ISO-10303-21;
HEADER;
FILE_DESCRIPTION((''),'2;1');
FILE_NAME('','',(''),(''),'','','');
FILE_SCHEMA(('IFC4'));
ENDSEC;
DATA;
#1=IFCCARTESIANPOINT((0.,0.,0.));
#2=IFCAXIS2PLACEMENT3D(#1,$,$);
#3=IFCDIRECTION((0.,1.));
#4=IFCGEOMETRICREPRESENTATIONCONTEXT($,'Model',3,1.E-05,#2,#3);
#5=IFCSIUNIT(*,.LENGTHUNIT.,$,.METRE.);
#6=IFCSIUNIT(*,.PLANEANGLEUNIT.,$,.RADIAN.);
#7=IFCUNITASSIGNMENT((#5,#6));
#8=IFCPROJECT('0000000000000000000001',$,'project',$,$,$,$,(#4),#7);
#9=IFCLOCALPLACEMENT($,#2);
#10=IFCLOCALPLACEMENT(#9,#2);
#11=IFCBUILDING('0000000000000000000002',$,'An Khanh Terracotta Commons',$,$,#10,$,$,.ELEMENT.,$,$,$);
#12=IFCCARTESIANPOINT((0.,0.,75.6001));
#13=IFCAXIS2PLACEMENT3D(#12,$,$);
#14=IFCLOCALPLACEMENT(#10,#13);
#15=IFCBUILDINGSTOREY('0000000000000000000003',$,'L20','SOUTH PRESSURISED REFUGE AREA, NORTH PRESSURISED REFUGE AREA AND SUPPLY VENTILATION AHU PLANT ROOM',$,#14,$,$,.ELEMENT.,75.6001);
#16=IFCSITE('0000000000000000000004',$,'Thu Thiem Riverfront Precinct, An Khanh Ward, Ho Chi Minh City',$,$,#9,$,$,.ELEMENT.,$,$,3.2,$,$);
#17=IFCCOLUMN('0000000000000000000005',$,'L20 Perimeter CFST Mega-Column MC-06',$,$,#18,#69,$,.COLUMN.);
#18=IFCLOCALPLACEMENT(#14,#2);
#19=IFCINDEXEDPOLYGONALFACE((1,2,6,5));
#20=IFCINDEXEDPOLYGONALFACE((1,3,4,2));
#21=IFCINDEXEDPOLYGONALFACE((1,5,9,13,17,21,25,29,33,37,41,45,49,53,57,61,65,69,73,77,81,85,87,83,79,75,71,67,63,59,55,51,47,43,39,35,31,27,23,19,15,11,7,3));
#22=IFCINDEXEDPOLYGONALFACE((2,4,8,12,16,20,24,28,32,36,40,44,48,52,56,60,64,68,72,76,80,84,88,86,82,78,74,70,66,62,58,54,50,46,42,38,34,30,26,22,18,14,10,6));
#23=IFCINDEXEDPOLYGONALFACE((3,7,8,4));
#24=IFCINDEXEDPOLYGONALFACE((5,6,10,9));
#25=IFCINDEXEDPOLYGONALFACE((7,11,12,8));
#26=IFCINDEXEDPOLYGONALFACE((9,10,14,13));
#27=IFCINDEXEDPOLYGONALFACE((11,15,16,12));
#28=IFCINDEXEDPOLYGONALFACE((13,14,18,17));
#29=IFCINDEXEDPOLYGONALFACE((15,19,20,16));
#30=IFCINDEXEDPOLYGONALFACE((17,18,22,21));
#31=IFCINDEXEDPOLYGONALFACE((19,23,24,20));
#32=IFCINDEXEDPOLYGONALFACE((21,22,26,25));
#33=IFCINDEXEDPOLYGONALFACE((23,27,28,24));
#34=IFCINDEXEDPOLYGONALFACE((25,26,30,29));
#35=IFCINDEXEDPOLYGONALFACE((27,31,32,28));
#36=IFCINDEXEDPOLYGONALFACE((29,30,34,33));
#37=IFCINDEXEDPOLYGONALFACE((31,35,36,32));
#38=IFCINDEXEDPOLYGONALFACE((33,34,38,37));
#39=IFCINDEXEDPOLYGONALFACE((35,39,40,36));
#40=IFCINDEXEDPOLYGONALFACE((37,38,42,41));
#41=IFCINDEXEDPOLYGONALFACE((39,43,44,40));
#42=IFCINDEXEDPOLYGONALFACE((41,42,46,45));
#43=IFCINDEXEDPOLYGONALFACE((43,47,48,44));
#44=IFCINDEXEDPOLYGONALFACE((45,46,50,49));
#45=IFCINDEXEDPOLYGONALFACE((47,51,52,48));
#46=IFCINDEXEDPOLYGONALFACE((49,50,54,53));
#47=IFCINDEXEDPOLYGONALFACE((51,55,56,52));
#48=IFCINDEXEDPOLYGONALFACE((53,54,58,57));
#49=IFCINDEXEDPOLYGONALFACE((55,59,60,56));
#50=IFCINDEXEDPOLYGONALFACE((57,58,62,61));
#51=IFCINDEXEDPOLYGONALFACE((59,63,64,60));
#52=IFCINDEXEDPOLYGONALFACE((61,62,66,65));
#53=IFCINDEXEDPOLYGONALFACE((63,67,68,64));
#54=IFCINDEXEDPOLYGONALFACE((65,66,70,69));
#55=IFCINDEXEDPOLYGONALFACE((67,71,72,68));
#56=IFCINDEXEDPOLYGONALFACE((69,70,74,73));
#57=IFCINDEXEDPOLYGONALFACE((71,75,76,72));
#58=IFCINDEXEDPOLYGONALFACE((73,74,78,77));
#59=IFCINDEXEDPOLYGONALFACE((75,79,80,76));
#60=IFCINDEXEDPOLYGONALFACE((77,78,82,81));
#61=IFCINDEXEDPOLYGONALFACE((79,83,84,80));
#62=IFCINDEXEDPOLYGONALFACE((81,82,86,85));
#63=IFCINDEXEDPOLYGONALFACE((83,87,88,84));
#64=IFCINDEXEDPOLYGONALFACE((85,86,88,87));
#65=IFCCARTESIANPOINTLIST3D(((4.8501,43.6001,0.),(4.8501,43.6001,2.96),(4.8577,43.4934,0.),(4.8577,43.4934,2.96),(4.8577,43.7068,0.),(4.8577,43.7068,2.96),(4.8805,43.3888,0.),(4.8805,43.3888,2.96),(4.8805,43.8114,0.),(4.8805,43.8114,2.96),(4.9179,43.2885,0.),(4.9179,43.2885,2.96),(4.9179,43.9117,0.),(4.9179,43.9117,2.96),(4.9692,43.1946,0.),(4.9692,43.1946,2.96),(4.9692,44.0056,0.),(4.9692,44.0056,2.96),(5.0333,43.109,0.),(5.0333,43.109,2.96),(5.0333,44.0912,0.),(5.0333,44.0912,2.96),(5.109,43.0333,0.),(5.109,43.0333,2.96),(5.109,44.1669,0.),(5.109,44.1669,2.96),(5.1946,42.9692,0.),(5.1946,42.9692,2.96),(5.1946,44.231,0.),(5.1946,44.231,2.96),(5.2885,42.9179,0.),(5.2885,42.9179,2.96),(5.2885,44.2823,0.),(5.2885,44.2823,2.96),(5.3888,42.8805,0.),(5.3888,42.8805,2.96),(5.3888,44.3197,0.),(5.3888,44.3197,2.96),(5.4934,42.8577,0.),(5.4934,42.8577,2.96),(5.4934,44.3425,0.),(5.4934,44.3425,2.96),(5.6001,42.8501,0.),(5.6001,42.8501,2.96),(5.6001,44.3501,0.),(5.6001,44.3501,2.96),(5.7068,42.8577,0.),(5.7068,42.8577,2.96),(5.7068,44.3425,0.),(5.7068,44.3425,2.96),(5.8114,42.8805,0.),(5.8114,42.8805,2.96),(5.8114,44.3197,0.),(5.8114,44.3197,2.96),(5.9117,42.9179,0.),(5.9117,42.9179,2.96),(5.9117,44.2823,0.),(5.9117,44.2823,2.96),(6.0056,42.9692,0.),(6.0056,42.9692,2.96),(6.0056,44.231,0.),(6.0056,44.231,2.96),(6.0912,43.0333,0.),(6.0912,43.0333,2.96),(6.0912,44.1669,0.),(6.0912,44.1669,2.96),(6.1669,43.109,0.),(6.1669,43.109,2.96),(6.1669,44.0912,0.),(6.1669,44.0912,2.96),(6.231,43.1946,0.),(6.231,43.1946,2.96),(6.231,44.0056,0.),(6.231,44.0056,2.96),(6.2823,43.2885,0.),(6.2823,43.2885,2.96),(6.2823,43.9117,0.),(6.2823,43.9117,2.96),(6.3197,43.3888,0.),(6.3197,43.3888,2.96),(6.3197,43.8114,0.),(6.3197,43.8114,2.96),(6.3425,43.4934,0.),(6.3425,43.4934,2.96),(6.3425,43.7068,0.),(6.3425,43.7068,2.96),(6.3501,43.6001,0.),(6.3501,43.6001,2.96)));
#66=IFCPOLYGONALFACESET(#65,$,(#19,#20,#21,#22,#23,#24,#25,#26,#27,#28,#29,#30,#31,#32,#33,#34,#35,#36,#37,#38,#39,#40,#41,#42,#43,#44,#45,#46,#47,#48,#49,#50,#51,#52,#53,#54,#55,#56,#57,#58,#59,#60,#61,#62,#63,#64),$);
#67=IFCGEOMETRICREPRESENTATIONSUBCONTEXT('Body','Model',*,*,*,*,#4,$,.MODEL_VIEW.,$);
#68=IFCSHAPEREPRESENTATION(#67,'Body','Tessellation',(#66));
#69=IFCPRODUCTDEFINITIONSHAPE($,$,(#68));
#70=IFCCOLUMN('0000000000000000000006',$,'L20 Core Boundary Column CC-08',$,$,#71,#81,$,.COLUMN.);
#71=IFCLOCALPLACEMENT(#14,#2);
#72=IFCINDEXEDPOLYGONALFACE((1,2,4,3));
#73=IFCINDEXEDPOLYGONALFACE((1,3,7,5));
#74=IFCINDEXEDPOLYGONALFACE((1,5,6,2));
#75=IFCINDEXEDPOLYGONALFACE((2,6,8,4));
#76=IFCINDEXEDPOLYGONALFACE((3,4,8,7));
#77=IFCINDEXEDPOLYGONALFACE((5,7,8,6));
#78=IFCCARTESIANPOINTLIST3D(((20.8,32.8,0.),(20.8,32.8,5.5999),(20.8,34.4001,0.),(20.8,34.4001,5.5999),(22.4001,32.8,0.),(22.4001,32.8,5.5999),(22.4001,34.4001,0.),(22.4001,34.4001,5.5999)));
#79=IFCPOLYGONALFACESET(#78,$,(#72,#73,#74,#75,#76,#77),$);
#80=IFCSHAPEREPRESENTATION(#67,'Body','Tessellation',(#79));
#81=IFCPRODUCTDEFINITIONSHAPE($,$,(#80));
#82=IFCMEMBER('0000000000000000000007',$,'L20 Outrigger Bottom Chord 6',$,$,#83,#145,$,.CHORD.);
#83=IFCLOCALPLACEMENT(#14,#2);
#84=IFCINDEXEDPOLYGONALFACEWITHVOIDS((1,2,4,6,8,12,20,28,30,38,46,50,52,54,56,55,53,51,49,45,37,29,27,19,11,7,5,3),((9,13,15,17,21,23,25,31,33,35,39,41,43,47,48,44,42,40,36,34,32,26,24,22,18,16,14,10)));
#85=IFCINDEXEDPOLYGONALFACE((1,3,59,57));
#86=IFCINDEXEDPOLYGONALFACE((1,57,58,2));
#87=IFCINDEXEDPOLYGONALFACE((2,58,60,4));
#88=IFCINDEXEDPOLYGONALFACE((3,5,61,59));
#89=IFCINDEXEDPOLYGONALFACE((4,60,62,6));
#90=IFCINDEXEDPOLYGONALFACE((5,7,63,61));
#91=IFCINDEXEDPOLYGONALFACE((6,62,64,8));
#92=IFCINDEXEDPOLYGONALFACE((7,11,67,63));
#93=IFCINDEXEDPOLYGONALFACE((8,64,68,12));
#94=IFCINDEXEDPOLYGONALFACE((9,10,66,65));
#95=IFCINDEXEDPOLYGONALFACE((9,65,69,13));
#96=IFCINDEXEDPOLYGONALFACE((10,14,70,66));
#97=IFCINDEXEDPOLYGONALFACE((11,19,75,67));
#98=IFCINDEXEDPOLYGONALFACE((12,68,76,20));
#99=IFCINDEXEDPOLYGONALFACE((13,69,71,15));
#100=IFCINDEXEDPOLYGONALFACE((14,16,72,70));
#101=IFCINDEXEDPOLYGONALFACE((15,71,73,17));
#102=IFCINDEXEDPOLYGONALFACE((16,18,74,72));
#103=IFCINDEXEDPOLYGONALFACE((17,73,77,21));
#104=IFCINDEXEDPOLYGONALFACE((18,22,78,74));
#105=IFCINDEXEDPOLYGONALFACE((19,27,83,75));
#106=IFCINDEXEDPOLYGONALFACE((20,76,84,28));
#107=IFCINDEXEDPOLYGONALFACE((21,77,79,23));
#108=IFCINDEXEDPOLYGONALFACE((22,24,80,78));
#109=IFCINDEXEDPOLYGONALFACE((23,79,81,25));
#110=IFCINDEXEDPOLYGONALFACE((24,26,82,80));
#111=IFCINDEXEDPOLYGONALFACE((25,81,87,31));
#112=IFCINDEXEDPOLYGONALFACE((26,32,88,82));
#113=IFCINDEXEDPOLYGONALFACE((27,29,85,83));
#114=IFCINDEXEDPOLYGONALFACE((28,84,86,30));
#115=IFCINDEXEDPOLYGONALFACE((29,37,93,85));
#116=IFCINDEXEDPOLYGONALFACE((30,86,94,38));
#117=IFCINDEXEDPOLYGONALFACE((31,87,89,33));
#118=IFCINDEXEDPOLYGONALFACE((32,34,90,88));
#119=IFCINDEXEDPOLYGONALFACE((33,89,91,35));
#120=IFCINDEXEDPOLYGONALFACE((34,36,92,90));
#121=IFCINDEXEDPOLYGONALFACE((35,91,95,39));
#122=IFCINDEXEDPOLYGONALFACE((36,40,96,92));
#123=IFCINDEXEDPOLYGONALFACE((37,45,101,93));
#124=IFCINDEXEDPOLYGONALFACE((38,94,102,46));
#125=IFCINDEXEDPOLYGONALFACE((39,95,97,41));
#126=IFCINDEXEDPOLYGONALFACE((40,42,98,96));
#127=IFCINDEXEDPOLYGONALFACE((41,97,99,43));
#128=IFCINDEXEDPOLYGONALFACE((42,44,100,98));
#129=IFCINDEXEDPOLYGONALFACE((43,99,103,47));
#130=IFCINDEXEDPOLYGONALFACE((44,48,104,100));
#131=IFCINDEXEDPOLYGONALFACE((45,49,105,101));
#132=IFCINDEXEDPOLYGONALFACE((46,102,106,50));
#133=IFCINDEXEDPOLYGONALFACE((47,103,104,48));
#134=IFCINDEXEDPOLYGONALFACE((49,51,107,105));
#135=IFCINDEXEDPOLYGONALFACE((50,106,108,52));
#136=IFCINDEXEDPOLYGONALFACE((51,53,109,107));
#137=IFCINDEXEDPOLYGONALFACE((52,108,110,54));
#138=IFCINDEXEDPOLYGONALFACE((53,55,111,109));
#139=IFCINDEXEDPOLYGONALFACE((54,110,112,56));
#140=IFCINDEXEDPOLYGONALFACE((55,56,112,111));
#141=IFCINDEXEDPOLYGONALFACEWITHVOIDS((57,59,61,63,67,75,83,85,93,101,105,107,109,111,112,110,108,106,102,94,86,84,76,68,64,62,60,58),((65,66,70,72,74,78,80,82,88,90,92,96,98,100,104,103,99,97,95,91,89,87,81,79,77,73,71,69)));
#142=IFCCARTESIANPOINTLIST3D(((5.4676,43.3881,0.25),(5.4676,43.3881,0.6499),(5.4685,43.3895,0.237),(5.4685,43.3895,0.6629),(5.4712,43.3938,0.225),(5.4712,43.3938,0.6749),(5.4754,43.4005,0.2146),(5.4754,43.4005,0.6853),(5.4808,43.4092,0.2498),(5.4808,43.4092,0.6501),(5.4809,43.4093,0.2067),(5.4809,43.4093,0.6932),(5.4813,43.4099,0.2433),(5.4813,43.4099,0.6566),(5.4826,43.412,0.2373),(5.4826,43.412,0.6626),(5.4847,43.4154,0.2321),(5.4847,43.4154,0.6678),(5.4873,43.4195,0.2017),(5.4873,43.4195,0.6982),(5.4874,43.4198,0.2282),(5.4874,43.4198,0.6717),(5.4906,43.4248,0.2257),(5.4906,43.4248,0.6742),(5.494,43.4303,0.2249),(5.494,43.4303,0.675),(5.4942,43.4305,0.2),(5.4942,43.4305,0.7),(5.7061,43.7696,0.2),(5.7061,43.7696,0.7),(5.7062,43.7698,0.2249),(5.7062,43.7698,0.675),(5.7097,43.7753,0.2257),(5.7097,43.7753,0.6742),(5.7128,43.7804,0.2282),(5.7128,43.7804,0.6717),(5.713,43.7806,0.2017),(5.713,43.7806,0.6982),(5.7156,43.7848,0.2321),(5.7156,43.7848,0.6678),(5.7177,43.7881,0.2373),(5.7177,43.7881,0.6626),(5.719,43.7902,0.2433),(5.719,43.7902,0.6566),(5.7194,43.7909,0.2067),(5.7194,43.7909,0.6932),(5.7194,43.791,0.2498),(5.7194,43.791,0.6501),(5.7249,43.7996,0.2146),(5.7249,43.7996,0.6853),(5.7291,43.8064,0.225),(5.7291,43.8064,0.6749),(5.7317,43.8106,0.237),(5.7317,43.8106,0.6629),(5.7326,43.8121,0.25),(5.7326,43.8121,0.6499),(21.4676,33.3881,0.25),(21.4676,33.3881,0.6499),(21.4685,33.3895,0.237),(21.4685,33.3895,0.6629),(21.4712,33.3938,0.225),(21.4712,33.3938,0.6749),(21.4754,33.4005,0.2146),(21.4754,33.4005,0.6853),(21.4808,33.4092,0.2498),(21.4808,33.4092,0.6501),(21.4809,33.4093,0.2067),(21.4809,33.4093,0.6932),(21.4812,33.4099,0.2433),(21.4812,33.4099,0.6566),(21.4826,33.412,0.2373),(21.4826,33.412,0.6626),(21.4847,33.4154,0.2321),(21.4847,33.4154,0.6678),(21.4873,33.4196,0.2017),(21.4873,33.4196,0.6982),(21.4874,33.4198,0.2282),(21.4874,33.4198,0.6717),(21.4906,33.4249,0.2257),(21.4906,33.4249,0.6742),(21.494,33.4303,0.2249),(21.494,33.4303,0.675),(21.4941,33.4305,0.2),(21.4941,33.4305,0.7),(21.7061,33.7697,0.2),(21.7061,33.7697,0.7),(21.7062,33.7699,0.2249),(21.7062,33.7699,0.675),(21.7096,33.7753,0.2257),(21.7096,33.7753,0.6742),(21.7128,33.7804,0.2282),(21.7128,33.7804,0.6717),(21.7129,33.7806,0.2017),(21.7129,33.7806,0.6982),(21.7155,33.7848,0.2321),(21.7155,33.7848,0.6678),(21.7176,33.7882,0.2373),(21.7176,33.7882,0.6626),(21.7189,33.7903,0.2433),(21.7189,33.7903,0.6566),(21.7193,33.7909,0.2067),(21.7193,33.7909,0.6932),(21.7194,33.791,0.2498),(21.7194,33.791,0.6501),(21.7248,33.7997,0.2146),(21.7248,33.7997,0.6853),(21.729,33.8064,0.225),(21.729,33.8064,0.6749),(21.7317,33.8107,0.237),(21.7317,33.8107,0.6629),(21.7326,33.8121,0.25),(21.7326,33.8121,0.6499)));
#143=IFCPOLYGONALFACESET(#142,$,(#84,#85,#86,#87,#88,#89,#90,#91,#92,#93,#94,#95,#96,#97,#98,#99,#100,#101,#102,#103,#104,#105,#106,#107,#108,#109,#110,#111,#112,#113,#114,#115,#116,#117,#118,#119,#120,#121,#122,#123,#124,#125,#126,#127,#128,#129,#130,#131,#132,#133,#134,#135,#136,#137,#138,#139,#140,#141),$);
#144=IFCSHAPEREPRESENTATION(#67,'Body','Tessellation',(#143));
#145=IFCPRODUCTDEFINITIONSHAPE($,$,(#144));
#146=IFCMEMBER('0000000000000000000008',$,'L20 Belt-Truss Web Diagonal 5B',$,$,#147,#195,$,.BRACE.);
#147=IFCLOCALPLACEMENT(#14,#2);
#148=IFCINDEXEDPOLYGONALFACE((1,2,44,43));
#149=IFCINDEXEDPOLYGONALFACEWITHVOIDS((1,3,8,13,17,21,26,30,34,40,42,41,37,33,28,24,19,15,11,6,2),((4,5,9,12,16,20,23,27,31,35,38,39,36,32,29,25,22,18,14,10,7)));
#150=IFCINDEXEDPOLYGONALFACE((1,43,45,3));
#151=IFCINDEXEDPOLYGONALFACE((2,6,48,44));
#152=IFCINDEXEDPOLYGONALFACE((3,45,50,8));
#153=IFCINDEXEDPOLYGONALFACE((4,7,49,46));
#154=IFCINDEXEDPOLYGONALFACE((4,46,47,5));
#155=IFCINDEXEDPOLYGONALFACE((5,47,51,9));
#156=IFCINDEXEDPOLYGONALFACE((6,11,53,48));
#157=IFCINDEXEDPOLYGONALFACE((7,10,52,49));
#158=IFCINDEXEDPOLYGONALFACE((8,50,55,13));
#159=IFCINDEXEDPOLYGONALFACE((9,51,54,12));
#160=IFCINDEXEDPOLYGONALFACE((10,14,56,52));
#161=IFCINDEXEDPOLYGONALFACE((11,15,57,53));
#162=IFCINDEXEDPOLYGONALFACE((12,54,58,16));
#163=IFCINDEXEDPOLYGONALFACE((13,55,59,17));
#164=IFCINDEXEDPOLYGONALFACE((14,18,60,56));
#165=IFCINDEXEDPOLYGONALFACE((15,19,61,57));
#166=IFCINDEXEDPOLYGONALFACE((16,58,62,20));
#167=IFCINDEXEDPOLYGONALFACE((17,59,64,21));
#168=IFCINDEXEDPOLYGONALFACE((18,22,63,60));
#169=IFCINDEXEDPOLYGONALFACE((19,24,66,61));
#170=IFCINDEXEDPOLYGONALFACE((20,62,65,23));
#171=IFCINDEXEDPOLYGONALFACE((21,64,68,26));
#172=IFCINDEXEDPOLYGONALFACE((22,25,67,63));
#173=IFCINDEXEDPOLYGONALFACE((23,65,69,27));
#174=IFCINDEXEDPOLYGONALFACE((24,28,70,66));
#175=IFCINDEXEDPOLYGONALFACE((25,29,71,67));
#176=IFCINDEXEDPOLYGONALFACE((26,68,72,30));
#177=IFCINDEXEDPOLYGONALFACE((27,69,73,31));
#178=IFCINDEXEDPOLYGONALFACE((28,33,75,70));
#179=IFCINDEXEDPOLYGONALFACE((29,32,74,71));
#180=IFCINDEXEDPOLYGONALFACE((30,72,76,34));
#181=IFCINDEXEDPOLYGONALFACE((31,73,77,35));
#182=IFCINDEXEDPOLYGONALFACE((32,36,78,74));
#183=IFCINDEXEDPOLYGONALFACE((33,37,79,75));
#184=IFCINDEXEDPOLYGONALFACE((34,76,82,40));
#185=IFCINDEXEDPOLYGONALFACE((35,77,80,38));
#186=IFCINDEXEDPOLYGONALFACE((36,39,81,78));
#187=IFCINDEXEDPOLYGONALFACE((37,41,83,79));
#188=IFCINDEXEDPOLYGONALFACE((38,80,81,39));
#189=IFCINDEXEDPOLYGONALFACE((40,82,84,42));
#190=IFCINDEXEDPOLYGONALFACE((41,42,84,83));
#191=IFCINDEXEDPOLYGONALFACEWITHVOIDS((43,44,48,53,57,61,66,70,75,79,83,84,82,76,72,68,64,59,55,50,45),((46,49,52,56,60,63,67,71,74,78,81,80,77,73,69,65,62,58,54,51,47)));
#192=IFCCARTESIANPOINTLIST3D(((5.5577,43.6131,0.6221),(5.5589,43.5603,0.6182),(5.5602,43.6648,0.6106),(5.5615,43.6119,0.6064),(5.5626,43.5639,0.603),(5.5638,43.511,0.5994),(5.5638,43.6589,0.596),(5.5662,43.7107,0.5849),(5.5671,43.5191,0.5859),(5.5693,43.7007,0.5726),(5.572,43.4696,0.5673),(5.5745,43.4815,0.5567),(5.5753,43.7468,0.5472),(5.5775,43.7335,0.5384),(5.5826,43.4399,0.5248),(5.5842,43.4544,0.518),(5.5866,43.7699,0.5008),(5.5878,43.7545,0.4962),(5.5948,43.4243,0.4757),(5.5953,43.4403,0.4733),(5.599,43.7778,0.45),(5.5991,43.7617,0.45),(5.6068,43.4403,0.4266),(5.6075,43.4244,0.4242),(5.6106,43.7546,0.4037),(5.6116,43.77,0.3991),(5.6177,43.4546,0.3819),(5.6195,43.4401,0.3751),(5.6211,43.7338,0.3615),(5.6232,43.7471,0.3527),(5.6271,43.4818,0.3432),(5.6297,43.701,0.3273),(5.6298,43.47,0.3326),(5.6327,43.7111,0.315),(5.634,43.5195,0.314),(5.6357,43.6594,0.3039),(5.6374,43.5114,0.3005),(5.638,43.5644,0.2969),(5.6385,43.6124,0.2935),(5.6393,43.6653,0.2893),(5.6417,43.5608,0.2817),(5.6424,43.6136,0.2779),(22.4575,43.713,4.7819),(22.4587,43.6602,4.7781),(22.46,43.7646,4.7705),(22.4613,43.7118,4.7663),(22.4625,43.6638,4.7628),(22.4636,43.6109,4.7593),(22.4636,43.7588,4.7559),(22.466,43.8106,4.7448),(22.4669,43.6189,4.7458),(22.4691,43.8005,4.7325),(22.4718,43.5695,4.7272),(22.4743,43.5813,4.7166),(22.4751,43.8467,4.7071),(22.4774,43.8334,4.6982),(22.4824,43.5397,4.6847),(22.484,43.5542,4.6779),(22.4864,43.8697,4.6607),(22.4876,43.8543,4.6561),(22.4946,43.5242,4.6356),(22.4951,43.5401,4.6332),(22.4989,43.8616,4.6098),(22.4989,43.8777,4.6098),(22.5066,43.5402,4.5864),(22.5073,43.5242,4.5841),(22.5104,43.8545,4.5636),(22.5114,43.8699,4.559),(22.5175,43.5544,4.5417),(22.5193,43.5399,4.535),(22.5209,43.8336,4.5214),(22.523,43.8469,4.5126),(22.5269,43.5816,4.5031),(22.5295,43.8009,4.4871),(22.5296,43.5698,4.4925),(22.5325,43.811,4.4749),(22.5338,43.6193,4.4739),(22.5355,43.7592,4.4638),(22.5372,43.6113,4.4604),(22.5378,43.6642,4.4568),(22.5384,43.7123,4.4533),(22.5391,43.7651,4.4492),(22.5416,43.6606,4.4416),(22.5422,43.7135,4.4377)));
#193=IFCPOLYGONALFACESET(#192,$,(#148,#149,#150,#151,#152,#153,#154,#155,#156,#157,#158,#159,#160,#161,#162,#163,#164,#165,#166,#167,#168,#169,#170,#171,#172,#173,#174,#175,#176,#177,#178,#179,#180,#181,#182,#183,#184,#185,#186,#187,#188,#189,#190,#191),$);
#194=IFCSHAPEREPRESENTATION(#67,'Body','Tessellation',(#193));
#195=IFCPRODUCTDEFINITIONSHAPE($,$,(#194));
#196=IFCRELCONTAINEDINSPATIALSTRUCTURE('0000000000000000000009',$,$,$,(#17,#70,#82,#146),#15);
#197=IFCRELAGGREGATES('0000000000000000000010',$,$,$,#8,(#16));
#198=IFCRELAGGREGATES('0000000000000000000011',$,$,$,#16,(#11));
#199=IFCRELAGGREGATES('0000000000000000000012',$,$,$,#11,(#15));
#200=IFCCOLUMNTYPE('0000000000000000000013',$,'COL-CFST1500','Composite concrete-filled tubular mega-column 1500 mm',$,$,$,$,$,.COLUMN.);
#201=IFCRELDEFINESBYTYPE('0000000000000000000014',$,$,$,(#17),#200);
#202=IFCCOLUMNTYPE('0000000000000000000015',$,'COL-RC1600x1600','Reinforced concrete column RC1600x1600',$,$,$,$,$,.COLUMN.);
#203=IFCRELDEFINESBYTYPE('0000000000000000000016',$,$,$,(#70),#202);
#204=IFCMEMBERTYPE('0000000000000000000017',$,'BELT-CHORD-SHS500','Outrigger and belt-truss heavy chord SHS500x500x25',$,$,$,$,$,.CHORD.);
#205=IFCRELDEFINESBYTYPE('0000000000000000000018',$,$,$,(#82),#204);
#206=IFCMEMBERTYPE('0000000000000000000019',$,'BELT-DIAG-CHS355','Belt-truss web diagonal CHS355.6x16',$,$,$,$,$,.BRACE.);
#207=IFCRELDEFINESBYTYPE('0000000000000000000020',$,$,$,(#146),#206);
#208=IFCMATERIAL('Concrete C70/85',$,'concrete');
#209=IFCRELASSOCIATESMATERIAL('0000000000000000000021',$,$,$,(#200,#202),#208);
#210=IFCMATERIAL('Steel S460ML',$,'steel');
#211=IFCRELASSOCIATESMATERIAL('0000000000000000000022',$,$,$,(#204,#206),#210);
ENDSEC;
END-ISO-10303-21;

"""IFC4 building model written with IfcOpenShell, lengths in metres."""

from ifc_helpers import new_model, si_unit, direction, frame, origin, origin_2d, place, context, subcontext, project, spatial, rectangle, hollow_rectangle, circle, hollow_circle, extrude, material, material_profile, profile_set, type_object, element, save


model = new_model("IFC4")

# Units and contexts
model_context = context("Model", 3, precision=1e-05, world=origin(), true_north=direction((0.0, 1.0)))
body_context = subcontext(model_context, "Body", "Model", "MODEL_VIEW")
ifc_project = project(units=[si_unit("LENGTHUNIT", "METRE"), si_unit("PLANEANGLEUNIT", "RADIAN")], contexts=[model_context])

# Site, building, storey
site_placement = place(None, origin())
site = spatial("IfcSite", under=ifc_project, at=site_placement, Name="Thu Thiem Riverfront Precinct, An Khanh Ward, Ho Chi Minh City", CompositionType="ELEMENT", RefElevation=3.2)
building_placement = place(site_placement, origin())
building = spatial("IfcBuilding", under=site, at=building_placement, Name="An Khanh Terracotta Commons", CompositionType="ELEMENT")
storey_placement = place(building_placement, frame((0.0, 0.0, 75.6001)))
storey = spatial("IfcBuildingStorey", under=building, at=storey_placement, Name="L20", Description="SOUTH PRESSURISED REFUGE AREA, NORTH PRESSURISED REFUGE AREA AND SUPPLY VENTILATION AHU PLANT ROOM", CompositionType="ELEMENT", Elevation=75.6001)

# Columns
ifc_material_1 = material(Name="Concrete C70/85", Category="concrete")
ifc_material_profile_1 = material_profile(ifc_material_1, circle(Radius=0.75, at=origin_2d()), Name="CFST1500")
ifc_profile_set_1 = profile_set([ifc_material_profile_1], Name="Concrete C70/85")
column_type_1 = type_object("IfcColumnType", Name="COL-CFST1500", Description="Composite concrete-filled tubular mega-column 1500 mm", PredefinedType="COLUMN", material=ifc_profile_set_1)
column_1_placement = place(storey_placement, frame((5.6001, 43.6001, 0.0), z_axis=(0.0, 0.0, 1.0), x_axis=(1.0, 0.0, 0.0)))
element("IfcColumn", 1, at=column_1_placement, inside=storey, type_object=column_type_1, Name="L20 Perimeter CFST Mega-Column MC-06", PredefinedType="COLUMN", context=body_context, shape_type="SweptSolid", body=[
    extrude(circle(Radius=0.75, at=origin_2d()), origin(), (0.0, 0.0, 1.0), 2.96),
])
ifc_material_profile_2 = material_profile(ifc_material_1, rectangle(XDim=1.6001, YDim=1.6001, at=origin_2d()), Name="RC1600x1600")
ifc_profile_set_2 = profile_set([ifc_material_profile_2], Name="Concrete C70/85")
column_type_2 = type_object("IfcColumnType", Name="COL-RC1600x1600", Description="Reinforced concrete column RC1600x1600", PredefinedType="COLUMN", material=ifc_profile_set_2)
column_2_placement = place(storey_placement, frame((21.6001, 33.6001, 0.0), z_axis=(0.0, 0.0, 1.0), x_axis=(1.0, 0.0, 0.0)))
element("IfcColumn", 2, at=column_2_placement, inside=storey, type_object=column_type_2, Name="L20 Core Boundary Column CC-08", PredefinedType="COLUMN", context=body_context, shape_type="SweptSolid", body=[
    extrude(rectangle(XDim=1.6001, YDim=1.6001, at=origin_2d()), origin(), (0.0, 0.0, 1.0), 5.5999),
])

# Members
ifc_material_2 = material(Name="Steel S460ML", Category="steel")
ifc_material_profile_3 = material_profile(ifc_material_2, hollow_rectangle(XDim=0.5, YDim=0.5, WallThickness=0.0249, InnerFilletRadius=0.0249, OuterFilletRadius=0.05, at=origin_2d()), Name="SHS500x500x25")
ifc_profile_set_3 = profile_set([ifc_material_profile_3], Name="Steel S460ML")
member_type_1 = type_object("IfcMemberType", Name="BELT-CHORD-SHS500", Description="Outrigger and belt-truss heavy chord SHS500x500x25", PredefinedType="CHORD", material=ifc_profile_set_3)
member_1_placement = place(storey_placement, frame((21.6001, 33.6001, 0.45), z_axis=(-0.847998, 0.529999, 0.0), x_axis=(-0.529999, -0.847998, 0.0)))
element("IfcMember", 3, at=member_1_placement, inside=storey, type_object=member_type_1, Name="L20 Outrigger Bottom Chord 6", PredefinedType="CHORD", context=body_context, shape_type="SweptSolid", body=[
    extrude(hollow_rectangle(XDim=0.5, YDim=0.5, WallThickness=0.0249, InnerFilletRadius=0.0249, OuterFilletRadius=0.05, at=origin_2d()), origin(), (0.0, 0.0, 1.0), 18.8679),
])
ifc_material_profile_4 = material_profile(ifc_material_2, hollow_circle(Radius=0.1777, WallThickness=0.0161, at=origin_2d()), Name="CHS355.6x16")
ifc_profile_set_4 = profile_set([ifc_material_profile_4], Name="Steel S460ML")
member_type_2 = type_object("IfcMemberType", Name="BELT-DIAG-CHS355", Description="Belt-truss web diagonal CHS355.6x16", PredefinedType="BRACE", material=ifc_profile_set_4)
member_2_placement = place(storey_placement, frame((5.6001, 43.6001, 0.45), z_axis=(0.971, 0.005737, 0.239012), x_axis=(-0.005908, 0.999983, 0.0)))
element("IfcMember", 4, at=member_2_placement, inside=storey, type_object=member_type_2, Name="L20 Belt-Truss Web Diagonal 5B", PredefinedType="BRACE", context=body_context, shape_type="SweptSolid", body=[
    extrude(hollow_circle(Radius=0.1777, WallThickness=0.0161, at=origin_2d()), origin(), (0.0, 0.0, 1.0), 17.4045),
])

save(model, "model.ifc")
